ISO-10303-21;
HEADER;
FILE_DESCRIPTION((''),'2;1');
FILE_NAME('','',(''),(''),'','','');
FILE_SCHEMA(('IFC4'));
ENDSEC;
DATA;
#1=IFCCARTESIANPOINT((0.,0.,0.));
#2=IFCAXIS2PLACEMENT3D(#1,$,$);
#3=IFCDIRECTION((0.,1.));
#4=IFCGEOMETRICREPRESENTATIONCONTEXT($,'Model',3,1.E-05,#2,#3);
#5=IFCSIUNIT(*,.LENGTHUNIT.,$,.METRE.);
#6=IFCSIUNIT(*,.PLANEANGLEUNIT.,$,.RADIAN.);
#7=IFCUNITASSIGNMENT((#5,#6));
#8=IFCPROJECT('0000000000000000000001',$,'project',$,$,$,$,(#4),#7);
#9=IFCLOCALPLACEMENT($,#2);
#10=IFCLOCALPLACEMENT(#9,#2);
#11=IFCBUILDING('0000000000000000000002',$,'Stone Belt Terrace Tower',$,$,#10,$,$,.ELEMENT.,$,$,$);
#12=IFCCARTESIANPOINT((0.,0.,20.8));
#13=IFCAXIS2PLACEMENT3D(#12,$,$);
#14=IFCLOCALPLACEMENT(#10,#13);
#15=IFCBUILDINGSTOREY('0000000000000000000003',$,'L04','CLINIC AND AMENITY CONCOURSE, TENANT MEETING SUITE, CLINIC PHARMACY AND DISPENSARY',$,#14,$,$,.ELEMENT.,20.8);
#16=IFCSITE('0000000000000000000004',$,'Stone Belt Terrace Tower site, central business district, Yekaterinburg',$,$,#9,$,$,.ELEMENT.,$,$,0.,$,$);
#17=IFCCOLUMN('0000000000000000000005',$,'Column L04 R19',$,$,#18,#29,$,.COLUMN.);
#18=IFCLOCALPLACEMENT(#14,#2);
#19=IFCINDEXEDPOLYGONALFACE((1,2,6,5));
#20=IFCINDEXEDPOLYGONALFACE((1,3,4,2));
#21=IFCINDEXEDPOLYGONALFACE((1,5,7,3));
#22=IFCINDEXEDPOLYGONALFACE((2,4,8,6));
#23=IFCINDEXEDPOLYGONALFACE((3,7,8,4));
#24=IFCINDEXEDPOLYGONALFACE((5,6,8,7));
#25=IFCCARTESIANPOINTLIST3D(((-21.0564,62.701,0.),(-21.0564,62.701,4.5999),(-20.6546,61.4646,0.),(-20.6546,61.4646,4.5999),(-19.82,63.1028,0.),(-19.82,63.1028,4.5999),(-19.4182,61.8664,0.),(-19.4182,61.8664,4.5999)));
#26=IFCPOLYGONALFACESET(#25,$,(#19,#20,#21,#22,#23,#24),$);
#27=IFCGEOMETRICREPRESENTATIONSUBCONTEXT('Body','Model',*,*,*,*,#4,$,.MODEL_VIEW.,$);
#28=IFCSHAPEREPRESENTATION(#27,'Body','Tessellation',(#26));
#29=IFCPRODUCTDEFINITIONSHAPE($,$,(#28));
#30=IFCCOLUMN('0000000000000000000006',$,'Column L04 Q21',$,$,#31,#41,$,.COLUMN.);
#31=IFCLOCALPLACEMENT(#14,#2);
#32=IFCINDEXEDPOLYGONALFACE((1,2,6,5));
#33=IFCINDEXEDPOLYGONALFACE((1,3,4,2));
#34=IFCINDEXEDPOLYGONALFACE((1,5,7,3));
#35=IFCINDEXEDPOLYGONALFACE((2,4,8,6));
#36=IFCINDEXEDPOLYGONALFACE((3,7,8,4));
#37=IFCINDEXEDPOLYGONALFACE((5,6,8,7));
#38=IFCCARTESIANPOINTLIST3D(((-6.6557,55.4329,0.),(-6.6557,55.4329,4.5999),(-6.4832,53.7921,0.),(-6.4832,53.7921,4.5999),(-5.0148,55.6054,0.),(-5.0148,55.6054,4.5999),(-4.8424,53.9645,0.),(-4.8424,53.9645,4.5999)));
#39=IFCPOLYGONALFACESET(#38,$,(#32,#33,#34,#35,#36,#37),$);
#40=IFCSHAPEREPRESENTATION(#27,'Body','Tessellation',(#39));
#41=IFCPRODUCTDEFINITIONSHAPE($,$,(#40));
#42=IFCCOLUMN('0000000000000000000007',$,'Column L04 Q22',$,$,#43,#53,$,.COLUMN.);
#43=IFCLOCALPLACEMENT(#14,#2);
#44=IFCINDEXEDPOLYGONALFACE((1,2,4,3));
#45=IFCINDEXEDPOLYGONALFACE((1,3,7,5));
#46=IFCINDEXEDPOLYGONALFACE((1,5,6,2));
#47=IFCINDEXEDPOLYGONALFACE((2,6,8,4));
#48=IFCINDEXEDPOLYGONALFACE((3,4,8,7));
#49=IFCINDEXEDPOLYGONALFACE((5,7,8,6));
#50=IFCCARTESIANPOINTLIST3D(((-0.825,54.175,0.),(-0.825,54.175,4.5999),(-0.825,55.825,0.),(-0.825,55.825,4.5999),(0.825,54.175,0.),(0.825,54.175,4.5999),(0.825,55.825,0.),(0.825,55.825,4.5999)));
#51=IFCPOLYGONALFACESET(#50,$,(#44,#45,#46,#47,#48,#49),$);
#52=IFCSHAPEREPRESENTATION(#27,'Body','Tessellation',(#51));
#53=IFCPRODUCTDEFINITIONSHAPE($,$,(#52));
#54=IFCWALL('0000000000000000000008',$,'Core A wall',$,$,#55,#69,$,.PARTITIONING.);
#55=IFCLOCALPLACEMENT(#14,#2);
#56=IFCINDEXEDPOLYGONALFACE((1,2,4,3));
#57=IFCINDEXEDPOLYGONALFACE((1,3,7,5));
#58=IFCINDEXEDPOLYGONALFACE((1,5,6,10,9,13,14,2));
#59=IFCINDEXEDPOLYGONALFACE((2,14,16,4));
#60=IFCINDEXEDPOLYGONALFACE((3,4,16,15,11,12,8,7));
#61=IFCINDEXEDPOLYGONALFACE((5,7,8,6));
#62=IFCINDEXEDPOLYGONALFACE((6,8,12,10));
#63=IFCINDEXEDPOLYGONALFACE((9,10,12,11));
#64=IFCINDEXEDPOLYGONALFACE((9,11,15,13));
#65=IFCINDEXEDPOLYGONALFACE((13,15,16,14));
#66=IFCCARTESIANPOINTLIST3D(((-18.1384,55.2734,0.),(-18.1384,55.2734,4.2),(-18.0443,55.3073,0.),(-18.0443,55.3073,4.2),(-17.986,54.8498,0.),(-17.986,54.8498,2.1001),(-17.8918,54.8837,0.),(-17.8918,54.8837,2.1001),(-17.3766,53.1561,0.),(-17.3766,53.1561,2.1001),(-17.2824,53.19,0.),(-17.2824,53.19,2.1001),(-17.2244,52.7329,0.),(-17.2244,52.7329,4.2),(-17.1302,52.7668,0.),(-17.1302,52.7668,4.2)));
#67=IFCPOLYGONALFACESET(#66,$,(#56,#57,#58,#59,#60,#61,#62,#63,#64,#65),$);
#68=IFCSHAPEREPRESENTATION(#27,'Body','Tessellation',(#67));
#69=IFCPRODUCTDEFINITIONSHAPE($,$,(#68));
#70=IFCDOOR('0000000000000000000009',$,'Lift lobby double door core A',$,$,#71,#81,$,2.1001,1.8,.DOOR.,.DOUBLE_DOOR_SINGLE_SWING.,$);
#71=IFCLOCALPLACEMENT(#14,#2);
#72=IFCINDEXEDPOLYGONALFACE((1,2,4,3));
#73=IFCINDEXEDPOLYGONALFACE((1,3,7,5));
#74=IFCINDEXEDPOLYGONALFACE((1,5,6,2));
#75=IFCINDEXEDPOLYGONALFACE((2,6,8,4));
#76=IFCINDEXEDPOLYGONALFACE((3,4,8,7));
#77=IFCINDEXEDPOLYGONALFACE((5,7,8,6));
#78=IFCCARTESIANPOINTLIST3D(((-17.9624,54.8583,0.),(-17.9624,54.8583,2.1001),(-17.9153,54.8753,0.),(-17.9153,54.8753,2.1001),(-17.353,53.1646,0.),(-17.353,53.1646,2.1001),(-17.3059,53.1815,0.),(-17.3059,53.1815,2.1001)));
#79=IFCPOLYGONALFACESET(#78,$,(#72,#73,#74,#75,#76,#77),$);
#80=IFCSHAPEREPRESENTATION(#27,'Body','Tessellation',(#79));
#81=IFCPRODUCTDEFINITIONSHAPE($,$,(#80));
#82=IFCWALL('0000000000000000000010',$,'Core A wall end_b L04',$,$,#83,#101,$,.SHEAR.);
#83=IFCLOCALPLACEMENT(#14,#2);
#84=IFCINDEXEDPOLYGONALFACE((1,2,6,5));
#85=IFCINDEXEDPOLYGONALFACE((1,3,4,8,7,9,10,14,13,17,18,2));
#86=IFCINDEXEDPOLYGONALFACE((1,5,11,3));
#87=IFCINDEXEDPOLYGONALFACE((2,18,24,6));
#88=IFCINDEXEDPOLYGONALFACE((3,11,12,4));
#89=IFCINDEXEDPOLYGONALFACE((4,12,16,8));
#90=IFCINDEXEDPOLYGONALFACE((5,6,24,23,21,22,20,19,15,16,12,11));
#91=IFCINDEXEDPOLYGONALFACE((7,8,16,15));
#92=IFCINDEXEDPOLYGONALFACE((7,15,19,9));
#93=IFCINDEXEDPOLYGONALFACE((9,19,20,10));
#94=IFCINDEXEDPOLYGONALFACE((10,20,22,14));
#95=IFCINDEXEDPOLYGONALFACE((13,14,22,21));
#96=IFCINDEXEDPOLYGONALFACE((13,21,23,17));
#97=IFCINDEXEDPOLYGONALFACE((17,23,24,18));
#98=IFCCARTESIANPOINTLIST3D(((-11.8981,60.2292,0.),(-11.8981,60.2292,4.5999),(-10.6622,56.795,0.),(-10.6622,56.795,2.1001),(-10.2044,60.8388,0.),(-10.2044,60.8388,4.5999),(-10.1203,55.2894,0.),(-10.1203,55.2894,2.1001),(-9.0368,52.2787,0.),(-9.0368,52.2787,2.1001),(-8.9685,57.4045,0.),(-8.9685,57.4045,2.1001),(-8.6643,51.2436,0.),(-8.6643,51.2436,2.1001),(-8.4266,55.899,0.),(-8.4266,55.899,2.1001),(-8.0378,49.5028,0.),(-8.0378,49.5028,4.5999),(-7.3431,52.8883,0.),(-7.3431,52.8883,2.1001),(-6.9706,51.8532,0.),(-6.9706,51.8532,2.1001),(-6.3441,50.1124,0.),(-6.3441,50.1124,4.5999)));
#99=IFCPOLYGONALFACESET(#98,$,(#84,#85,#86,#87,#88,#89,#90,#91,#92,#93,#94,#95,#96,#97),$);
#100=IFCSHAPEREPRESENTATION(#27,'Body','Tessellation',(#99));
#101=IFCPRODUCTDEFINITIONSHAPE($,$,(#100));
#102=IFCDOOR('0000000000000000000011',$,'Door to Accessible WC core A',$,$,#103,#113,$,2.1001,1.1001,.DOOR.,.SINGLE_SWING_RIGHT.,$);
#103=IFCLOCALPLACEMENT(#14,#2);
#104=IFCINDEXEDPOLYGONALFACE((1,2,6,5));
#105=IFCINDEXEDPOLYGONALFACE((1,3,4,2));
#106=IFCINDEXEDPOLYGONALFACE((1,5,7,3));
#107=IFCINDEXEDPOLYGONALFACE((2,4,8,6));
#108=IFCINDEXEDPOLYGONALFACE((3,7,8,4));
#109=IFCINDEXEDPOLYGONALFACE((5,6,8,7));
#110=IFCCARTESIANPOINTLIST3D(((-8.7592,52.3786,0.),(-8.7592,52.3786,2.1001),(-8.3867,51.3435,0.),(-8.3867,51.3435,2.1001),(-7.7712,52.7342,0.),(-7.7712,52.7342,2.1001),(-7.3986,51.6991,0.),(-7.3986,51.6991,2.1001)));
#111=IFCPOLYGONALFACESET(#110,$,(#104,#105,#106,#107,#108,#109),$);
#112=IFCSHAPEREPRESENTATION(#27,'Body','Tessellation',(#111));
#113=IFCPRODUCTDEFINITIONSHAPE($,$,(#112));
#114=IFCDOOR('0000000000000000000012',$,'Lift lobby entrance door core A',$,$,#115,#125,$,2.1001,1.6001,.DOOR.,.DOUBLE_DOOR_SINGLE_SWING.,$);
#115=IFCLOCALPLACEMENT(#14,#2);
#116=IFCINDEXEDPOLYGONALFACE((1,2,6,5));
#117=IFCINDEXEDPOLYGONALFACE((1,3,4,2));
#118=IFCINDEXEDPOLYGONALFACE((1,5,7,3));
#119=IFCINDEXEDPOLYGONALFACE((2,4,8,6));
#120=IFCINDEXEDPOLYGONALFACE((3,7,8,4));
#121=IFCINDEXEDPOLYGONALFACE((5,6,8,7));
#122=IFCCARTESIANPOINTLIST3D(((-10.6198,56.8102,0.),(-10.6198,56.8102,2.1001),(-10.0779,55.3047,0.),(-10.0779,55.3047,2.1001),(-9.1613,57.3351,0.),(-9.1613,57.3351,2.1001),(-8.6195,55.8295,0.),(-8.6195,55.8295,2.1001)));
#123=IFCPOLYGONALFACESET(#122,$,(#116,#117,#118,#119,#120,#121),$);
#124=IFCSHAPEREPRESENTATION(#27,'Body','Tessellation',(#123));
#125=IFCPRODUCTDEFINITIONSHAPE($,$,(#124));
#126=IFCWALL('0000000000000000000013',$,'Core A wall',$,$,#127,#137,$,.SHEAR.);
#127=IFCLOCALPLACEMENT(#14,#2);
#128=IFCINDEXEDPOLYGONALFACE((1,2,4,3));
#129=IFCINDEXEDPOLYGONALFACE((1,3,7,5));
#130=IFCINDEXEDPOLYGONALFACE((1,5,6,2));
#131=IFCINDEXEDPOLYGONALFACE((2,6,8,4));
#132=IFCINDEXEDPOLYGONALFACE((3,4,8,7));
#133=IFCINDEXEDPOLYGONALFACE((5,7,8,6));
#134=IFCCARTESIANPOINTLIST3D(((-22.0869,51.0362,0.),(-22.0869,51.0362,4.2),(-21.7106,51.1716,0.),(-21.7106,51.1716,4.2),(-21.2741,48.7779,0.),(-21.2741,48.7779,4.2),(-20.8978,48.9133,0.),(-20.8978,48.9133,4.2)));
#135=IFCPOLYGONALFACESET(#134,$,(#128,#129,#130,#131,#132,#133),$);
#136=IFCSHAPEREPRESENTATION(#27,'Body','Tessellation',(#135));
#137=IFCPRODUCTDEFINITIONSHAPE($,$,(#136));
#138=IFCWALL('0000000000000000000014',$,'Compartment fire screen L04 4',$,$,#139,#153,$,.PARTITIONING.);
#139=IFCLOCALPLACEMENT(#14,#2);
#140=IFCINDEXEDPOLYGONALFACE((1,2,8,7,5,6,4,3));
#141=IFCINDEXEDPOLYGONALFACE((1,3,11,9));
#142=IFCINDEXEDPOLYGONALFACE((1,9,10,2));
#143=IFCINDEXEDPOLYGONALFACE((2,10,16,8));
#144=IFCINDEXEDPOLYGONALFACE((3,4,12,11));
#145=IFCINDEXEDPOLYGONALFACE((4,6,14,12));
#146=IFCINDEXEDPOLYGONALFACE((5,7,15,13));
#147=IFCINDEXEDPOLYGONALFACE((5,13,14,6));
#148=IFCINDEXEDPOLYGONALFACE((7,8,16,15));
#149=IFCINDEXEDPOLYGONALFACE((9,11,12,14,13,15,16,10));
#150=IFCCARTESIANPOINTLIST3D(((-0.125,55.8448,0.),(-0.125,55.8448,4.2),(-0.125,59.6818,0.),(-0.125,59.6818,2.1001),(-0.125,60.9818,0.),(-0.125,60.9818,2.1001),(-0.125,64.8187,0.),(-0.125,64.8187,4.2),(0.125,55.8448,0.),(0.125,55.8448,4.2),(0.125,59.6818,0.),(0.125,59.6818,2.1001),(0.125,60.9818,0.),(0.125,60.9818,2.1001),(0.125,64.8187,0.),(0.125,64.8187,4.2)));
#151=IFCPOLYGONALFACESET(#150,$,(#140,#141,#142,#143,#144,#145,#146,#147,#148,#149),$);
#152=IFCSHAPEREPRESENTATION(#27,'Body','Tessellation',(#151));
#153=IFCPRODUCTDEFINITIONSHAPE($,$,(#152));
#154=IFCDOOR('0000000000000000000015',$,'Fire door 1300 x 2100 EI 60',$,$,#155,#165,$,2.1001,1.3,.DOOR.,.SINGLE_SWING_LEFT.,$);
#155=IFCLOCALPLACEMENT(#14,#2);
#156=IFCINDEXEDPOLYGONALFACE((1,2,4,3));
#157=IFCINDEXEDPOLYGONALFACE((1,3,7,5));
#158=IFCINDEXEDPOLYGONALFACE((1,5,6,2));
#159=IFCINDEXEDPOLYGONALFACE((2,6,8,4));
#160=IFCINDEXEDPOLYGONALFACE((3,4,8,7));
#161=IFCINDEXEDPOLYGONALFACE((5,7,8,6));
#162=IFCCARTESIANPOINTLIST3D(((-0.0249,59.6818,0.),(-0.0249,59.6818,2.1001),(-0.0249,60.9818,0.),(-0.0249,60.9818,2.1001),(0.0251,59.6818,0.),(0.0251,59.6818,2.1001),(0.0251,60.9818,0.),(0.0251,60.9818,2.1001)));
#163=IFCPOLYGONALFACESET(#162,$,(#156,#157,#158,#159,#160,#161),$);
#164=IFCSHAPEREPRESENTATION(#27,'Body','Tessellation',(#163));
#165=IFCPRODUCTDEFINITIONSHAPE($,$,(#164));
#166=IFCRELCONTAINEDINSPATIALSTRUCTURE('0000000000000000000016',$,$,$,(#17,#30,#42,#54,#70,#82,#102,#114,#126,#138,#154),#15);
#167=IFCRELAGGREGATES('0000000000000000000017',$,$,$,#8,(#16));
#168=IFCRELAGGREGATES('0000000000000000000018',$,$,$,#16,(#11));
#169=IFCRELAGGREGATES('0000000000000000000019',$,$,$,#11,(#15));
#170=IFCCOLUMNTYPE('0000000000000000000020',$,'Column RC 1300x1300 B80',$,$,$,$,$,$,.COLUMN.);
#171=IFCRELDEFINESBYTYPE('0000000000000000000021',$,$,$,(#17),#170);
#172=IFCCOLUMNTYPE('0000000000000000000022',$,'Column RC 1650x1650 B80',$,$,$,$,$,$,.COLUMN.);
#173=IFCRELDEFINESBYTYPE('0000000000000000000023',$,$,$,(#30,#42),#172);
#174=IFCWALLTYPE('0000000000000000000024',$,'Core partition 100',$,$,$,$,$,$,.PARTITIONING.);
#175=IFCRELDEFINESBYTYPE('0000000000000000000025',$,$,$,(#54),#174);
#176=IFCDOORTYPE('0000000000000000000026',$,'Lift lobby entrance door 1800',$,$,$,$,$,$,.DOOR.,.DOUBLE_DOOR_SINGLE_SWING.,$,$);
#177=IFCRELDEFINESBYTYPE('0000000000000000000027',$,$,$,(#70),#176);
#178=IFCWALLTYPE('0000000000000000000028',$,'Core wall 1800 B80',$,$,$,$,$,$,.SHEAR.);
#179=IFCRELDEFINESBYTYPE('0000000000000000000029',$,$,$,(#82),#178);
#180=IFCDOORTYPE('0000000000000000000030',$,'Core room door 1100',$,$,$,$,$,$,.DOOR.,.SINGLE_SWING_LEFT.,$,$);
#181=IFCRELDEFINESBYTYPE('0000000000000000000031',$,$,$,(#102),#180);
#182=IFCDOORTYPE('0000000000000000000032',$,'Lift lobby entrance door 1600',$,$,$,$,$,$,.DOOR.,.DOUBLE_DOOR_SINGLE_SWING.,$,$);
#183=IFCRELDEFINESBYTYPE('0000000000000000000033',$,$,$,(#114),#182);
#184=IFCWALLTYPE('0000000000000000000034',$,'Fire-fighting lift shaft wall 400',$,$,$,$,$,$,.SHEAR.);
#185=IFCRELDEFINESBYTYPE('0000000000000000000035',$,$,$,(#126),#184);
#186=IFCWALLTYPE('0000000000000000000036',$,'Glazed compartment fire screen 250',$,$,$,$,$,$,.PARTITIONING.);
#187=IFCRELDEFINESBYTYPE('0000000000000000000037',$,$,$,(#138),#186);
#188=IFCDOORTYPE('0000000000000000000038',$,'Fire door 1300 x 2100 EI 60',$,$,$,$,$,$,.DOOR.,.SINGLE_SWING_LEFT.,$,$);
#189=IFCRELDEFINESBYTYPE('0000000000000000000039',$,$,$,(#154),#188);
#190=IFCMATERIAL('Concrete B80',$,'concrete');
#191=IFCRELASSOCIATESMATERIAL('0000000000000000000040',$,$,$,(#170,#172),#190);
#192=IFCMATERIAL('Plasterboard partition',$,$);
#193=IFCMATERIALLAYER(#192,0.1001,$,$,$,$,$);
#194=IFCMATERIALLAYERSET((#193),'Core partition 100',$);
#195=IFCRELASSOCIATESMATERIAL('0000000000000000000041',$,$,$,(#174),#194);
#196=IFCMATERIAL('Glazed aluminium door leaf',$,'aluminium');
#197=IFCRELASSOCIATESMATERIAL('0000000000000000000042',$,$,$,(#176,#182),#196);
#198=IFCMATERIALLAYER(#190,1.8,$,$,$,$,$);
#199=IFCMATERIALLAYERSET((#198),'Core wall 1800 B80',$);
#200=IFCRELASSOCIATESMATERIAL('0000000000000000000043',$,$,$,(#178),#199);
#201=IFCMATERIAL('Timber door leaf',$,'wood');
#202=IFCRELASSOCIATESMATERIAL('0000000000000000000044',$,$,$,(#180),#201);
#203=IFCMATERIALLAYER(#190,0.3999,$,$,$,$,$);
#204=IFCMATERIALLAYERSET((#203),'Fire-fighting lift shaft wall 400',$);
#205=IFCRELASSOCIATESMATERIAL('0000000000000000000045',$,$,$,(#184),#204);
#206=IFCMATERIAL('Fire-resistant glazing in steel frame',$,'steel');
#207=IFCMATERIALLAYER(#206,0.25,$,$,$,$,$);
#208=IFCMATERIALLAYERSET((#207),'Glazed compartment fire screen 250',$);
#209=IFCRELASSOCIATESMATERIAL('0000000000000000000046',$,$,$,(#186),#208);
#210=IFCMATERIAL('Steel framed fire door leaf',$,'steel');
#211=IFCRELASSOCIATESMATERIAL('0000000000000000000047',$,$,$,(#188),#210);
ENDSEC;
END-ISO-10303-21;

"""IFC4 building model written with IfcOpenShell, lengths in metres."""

from ifc_helpers import new_model, si_unit, direction, frame, frame_2d, origin, origin_2d, place, context, subcontext, project, spatial, rectangle, extrude, material, layer, layer_set, material_profile, profile_set, type_object, element, fill, save


model = new_model("IFC4")

# Units and contexts
model_context = context("Model", 3, precision=1e-05, world=origin(), true_north=direction((0.0, 1.0)))
body_context = subcontext(model_context, "Body", "Model", "MODEL_VIEW")
ifc_project = project(units=[si_unit("LENGTHUNIT", "METRE"), si_unit("PLANEANGLEUNIT", "RADIAN")], contexts=[model_context])

# Site, building, storey
site_placement = place(None, origin())
site = spatial("IfcSite", under=ifc_project, at=site_placement, Name="Stone Belt Terrace Tower site, central business district, Yekaterinburg", CompositionType="ELEMENT", RefElevation=0.0)
building_placement = place(site_placement, origin())
building = spatial("IfcBuilding", under=site, at=building_placement, Name="Stone Belt Terrace Tower", CompositionType="ELEMENT")
storey_placement = place(building_placement, frame((0.0, 0.0, 20.8)))
storey = spatial("IfcBuildingStorey", under=building, at=storey_placement, Name="L04", Description="CLINIC AND AMENITY CONCOURSE, TENANT MEETING SUITE, CLINIC PHARMACY AND DISPENSARY", CompositionType="ELEMENT", Elevation=20.8)

# Columns
ifc_material_1 = material(Name="Concrete B80", Category="concrete")
ifc_material_profile_1 = material_profile(ifc_material_1, rectangle(XDim=1.3, YDim=1.3, at=origin_2d()), Name="RC 1300x1300")
ifc_profile_set_1 = profile_set([ifc_material_profile_1], Name="Concrete B80")
column_type_1 = type_object("IfcColumnType", Name="Column RC 1300x1300 B80", PredefinedType="COLUMN", material=ifc_profile_set_1)
column_placement = place(storey_placement, frame((-20.2373, 62.2837, 0.0), z_axis=(0.0, 0.0, 1.0), x_axis=(0.951057, 0.309017, 0.0)))
element("IfcColumn", 1, at=column_placement, inside=storey, type_object=column_type_1, Name="Column L04 R19", PredefinedType="COLUMN", context=body_context, shape_type="SweptSolid", body=[
    extrude(rectangle(XDim=1.3, YDim=1.3, at=origin_2d()), origin(), (0.0, 0.0, 1.0), 4.5999),
])
ifc_material_profile_2 = material_profile(ifc_material_1, rectangle(XDim=1.6499, YDim=1.6499, at=origin_2d()), Name="RC 1650x1650")
ifc_profile_set_2 = profile_set([ifc_material_profile_2], Name="Concrete B80")
column_type_2 = type_object("IfcColumnType", Name="Column RC 1650x1650 B80", PredefinedType="COLUMN", material=ifc_profile_set_2)
for number, where, z_axis, x_axis, name in (
    (2, (-5.749, 54.6987, 0.0), (0.0, 0.0, 1.0), (0.994522, 0.104528, 0.0), "Column L04 Q21"),
    (3, (0.0, 55.0, 0.0), (0.0, 0.0, 1.0), (1.0, 0.0, 0.0), "Column L04 Q22"),
):
    element("IfcColumn", number, at=place(storey_placement, frame(where, z_axis=z_axis, x_axis=x_axis)), inside=storey, type_object=column_type_2, Name=name, PredefinedType="COLUMN", context=body_context, shape_type="SweptSolid", body=[
        extrude(rectangle(XDim=1.6499, YDim=1.6499, at=origin_2d()), origin(), (0.0, 0.0, 1.0), 4.5999),
    ])

# Wall, opening, door
ifc_material_2 = material(Name="Plasterboard partition")
ifc_layer_1 = layer(ifc_material_2, 0.1001)
ifc_layer_set_1 = layer_set([ifc_layer_1], Name="Core partition 100")
wall_type_1 = type_object("IfcWallType", Name="Core partition 100", PredefinedType="PARTITIONING", material=ifc_layer_set_1)
wall_1_placement = place(storey_placement, frame((-17.1772, 52.7498, 0.0), z_axis=(0.0, 0.0, 1.0), x_axis=(-0.338547, 0.94095, 0.0)))
wall_1 = element("IfcWall", 4, at=wall_1_placement, inside=storey, type_object=wall_type_1, Name="Core A wall", PredefinedType="PARTITIONING", context=body_context, shape_type="SweptSolid", body=[
    extrude(rectangle(XDim=2.7, YDim=0.1001, at=frame_2d((1.3501, 0.0))), origin(), (0.0, 0.0, 1.0), 4.2),
])
opening_1_placement = place(wall_1_placement, frame((0.45, 0.0, 0.0)))
opening_1 = element("IfcOpeningElement", 5, at=opening_1_placement, cuts=wall_1, PredefinedType="OPENING", context=body_context, shape_type="SweptSolid", body=[
    extrude(rectangle(XDim=1.8, YDim=2.1001, at=frame_2d((0.8999, 1.05))), frame((0.0, 0.0601, 0.0), z_axis=(0.0, -1.0, 0.0), x_axis=(1.0, 0.0, 0.0)), (0.0, 0.0, 1.0), 0.1201),
])
ifc_material_3 = material(Name="Glazed aluminium door leaf", Category="aluminium")
door_type_1 = type_object("IfcDoorType", Name="Lift lobby entrance door 1800", OperationType="DOUBLE_DOOR_SINGLE_SWING", PredefinedType="DOOR", material=ifc_material_3)
door_1_placement = place(opening_1_placement, origin())
door_1 = element("IfcDoor", 6, at=door_1_placement, inside=storey, type_object=door_type_1, Name="Lift lobby double door core A", OperationType="DOUBLE_DOOR_SINGLE_SWING", OverallHeight=2.1001, OverallWidth=1.8, PredefinedType="DOOR", context=body_context, shape_type="SweptSolid", body=[
    extrude(rectangle(XDim=1.8, YDim=2.1001, at=frame_2d((0.8999, 1.05))), frame((0.0, 0.0249, 0.0), z_axis=(0.0, -1.0, 0.0), x_axis=(1.0, 0.0, 0.0)), (0.0, 0.0, 1.0), 0.05),
])
fill(opening_1, door_1)

# Wall, openings, doors
ifc_layer_2 = layer(ifc_material_1, 1.8)
ifc_layer_set_2 = layer_set([ifc_layer_2], Name="Core wall 1800 B80")
wall_type_2 = type_object("IfcWallType", Name="Core wall 1800 B80", PredefinedType="SHEAR", material=ifc_layer_set_2)
wall_2_placement = place(storey_placement, frame((-7.1909, 49.8076, 0.0), z_axis=(0.0, 0.0, 1.0), x_axis=(-0.338632, 0.940919, 0.0)))
wall_2 = element("IfcWall", 7, at=wall_2_placement, inside=storey, type_object=wall_type_2, Name="Core A wall end_b L04", PredefinedType="SHEAR", context=body_context, shape_type="SweptSolid", body=[
    extrude(rectangle(XDim=11.3999, YDim=1.8, at=frame_2d((5.7, 0.0))), origin(), (0.0, 0.0, 1.0), 4.5999),
])
opening_2_placement = place(wall_2_placement, frame((6.1499, 0.0, 0.0)))
opening_2 = element("IfcOpeningElement", 8, at=opening_2_placement, cuts=wall_2, PredefinedType="OPENING", context=body_context, shape_type="SweptSolid", body=[
    extrude(rectangle(XDim=1.6001, YDim=2.1001, at=frame_2d((0.8, 1.05))), frame((0.0, 0.9099, 0.0), z_axis=(0.0, -1.0, 0.0), x_axis=(1.0, 0.0, 0.0)), (0.0, 0.0, 1.0), 1.8201),
])
opening_3_placement = place(wall_2_placement, frame((1.8501, 0.0, 0.0)))
opening_3 = element("IfcOpeningElement", 9, at=opening_3_placement, cuts=wall_2, PredefinedType="OPENING", context=body_context, shape_type="SweptSolid", body=[
    extrude(rectangle(XDim=1.1001, YDim=2.1001, at=frame_2d((0.55, 1.05))), frame((0.0, 0.9099, 0.0), z_axis=(0.0, -1.0, 0.0), x_axis=(1.0, 0.0, 0.0)), (0.0, 0.0, 1.0), 1.8201),
])
ifc_material_4 = material(Name="Timber door leaf", Category="wood")
door_type_2 = type_object("IfcDoorType", Name="Core room door 1100", OperationType="SINGLE_SWING_LEFT", PredefinedType="DOOR", material=ifc_material_4)
door_2_placement = place(opening_3_placement, origin())
door_2 = element("IfcDoor", 10, at=door_2_placement, inside=storey, type_object=door_type_2, Name="Door to Accessible WC core A", OperationType="SINGLE_SWING_RIGHT", OverallHeight=2.1001, OverallWidth=1.1001, PredefinedType="DOOR", context=body_context, shape_type="SweptSolid", body=[
    extrude(rectangle(XDim=1.1001, YDim=2.1001, at=frame_2d((0.55, 1.05))), frame((0.0, 0.605, 0.0), z_axis=(0.0, -1.0, 0.0), x_axis=(1.0, 0.0, 0.0)), (0.0, 0.0, 1.0), 1.05),
])
fill(opening_3, door_2)
door_type_3 = type_object("IfcDoorType", Name="Lift lobby entrance door 1600", OperationType="DOUBLE_DOOR_SINGLE_SWING", PredefinedType="DOOR", material=ifc_material_3)
door_3_placement = place(opening_2_placement, origin())
door_3 = element("IfcDoor", 11, at=door_3_placement, inside=storey, type_object=door_type_3, Name="Lift lobby entrance door core A", OperationType="DOUBLE_DOOR_SINGLE_SWING", OverallHeight=2.1001, OverallWidth=1.6001, PredefinedType="DOOR", context=body_context, shape_type="SweptSolid", body=[
    extrude(rectangle(XDim=1.6001, YDim=2.1001, at=frame_2d((0.8, 1.05))), frame((0.0, 0.855, 0.0), z_axis=(0.0, -1.0, 0.0), x_axis=(1.0, 0.0, 0.0)), (0.0, 0.0, 1.0), 1.55),
])
fill(opening_2, door_3)

# Wall
ifc_layer_3 = layer(ifc_material_1, 0.3999)
ifc_layer_set_3 = layer_set([ifc_layer_3], Name="Fire-fighting lift shaft wall 400")
wall_type_3 = type_object("IfcWallType", Name="Fire-fighting lift shaft wall 400", PredefinedType="SHEAR", material=ifc_layer_set_3)
wall_3_placement = place(storey_placement, frame((-21.0859, 48.8455, 0.0), z_axis=(0.0, 0.0, 1.0), x_axis=(-0.338629, 0.94092, 0.0)))
element("IfcWall", 12, at=wall_3_placement, inside=storey, type_object=wall_type_3, Name="Core A wall", PredefinedType="SHEAR", context=body_context, shape_type="SweptSolid", body=[
    extrude(rectangle(XDim=2.4001, YDim=0.3999, at=frame_2d((1.2002, 0.0))), origin(), (0.0, 0.0, 1.0), 4.2),
])

# Wall, opening, door
ifc_material_5 = material(Name="Fire-resistant glazing in steel frame", Category="steel")
ifc_layer_4 = layer(ifc_material_5, 0.25)
ifc_layer_set_4 = layer_set([ifc_layer_4], Name="Glazed compartment fire screen 250")
wall_type_4 = type_object("IfcWallType", Name="Glazed compartment fire screen 250", PredefinedType="PARTITIONING", material=ifc_layer_set_4)
wall_4_placement = place(storey_placement, frame((0.0, 55.845, 0.0), z_axis=(0.0, 0.0, 1.0), x_axis=(0.0, 1.0, 0.0)))
wall_4 = element("IfcWall", 13, at=wall_4_placement, inside=storey, type_object=wall_type_4, Name="Compartment fire screen L04 4", PredefinedType="PARTITIONING", context=body_context, shape_type="SweptSolid", body=[
    extrude(rectangle(XDim=8.9739, YDim=0.25, at=frame_2d((4.4868, 0.0))), origin(), (0.0, 0.0, 1.0), 4.2),
])
opening_4_placement = place(wall_4_placement, frame((3.8369, 0.0, 0.0)))
opening_4 = element("IfcOpeningElement", 14, at=opening_4_placement, cuts=wall_4, PredefinedType="OPENING", context=body_context, shape_type="SweptSolid", body=[
    extrude(rectangle(XDim=1.3, YDim=2.1001, at=frame_2d((0.6499, 1.05))), frame((0.0, 0.135, 0.0), z_axis=(0.0, -1.0, 0.0), x_axis=(1.0, 0.0, 0.0)), (0.0, 0.0, 1.0), 0.27),
])
ifc_material_6 = material(Name="Steel framed fire door leaf", Category="steel")
door_type_4 = type_object("IfcDoorType", Name="Fire door 1300 x 2100 EI 60", OperationType="SINGLE_SWING_LEFT", PredefinedType="DOOR", material=ifc_material_6)
door_4_placement = place(opening_4_placement, origin())
door_4 = element("IfcDoor", 15, at=door_4_placement, inside=storey, type_object=door_type_4, Name="Fire door 1300 x 2100 EI 60", OperationType="SINGLE_SWING_LEFT", OverallHeight=2.1001, OverallWidth=1.3, PredefinedType="DOOR", context=body_context, shape_type="SweptSolid", body=[
    extrude(rectangle(XDim=1.3, YDim=2.1001, at=frame_2d((0.6499, 1.05))), frame((0.0, 0.0249, 0.0), z_axis=(0.0, -1.0, 0.0), x_axis=(1.0, 0.0, 0.0)), (0.0, 0.0, 1.0), 0.05),
])
fill(opening_4, door_4)

save(model, "model.ifc")
